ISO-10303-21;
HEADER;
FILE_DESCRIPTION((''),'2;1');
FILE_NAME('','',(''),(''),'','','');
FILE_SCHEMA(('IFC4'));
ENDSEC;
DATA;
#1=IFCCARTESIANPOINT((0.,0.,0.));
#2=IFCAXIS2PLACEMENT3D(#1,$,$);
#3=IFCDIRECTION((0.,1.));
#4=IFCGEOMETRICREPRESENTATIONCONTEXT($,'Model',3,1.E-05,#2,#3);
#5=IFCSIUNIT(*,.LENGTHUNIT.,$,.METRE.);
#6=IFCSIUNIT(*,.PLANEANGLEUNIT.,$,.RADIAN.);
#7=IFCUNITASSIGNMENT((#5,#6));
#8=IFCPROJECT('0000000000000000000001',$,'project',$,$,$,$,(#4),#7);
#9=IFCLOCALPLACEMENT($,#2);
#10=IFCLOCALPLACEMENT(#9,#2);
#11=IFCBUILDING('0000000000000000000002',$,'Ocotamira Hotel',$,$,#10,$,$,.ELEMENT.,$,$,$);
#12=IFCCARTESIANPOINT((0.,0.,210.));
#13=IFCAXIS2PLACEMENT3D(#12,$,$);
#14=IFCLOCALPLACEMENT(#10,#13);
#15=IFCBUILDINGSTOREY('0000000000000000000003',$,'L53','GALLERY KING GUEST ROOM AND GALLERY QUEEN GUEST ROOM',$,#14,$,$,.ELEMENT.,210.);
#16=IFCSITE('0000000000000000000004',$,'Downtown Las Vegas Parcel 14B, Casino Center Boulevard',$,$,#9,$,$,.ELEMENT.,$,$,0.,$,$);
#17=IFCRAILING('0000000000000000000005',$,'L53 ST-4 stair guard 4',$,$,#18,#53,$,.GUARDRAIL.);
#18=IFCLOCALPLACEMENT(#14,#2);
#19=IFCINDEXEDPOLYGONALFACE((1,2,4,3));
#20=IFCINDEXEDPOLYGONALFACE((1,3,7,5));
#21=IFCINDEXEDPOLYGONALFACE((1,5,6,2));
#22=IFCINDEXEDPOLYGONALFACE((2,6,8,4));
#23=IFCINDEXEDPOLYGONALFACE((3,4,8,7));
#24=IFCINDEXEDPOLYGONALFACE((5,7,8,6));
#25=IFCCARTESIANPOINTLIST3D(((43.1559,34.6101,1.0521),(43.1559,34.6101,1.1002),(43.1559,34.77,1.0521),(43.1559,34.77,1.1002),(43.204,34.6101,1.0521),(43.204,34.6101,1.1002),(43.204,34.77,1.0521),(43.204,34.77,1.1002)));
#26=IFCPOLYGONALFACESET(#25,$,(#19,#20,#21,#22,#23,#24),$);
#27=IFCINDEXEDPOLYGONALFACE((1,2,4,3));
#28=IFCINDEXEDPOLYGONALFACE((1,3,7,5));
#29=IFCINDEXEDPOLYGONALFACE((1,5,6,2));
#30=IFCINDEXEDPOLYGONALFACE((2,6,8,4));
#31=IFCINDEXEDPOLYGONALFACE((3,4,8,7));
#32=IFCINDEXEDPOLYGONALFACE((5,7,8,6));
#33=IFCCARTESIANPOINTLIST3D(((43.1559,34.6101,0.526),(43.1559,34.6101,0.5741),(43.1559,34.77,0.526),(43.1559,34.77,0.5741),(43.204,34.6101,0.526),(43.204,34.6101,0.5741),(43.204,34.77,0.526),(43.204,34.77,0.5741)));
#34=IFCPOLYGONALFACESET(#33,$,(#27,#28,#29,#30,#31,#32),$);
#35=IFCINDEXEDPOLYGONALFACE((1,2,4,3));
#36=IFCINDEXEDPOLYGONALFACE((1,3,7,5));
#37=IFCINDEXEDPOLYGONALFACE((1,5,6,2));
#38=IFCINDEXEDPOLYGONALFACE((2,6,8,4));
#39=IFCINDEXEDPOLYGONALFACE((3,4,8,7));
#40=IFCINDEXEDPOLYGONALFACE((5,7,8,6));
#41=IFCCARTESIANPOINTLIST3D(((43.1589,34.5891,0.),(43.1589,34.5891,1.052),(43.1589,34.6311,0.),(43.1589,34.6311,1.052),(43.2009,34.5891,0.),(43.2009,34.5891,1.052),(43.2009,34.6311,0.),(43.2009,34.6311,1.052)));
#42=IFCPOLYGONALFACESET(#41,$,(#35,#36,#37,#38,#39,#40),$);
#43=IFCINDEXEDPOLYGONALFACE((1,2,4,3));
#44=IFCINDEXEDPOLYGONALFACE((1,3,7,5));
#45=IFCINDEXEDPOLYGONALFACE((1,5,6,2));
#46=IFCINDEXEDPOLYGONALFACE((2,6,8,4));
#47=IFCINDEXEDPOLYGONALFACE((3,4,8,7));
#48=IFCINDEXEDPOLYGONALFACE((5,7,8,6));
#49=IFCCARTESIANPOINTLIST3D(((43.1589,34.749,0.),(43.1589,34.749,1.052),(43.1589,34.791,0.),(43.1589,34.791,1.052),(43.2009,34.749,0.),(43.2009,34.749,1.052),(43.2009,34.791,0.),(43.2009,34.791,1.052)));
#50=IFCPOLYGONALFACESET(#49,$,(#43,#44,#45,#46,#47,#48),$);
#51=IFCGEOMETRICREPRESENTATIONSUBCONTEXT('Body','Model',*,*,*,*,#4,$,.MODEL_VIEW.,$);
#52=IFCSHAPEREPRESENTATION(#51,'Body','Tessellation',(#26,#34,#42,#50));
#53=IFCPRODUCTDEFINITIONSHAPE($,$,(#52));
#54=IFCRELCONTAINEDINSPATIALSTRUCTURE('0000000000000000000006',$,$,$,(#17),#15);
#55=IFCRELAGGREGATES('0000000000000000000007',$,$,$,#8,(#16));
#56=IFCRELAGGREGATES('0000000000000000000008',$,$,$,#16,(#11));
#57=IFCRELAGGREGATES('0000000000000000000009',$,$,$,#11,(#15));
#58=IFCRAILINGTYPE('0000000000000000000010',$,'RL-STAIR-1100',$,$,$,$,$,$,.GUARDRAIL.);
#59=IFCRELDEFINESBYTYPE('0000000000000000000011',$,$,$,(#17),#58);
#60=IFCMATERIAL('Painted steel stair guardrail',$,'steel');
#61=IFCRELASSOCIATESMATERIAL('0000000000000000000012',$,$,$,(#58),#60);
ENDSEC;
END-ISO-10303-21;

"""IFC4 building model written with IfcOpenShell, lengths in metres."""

from ifc_helpers import new_model, si_unit, direction, frame, origin, origin_2d, place, context, subcontext, project, spatial, rectangle, extrude, material, type_object, element, save


model = new_model("IFC4")

# Units and contexts
model_context = context("Model", 3, precision=1e-05, world=origin(), true_north=direction((0.0, 1.0)))
body_context = subcontext(model_context, "Body", "Model", "MODEL_VIEW")
ifc_project = project(units=[si_unit("LENGTHUNIT", "METRE"), si_unit("PLANEANGLEUNIT", "RADIAN")], contexts=[model_context])

# Site, building, storey
site_placement = place(None, origin())
site = spatial("IfcSite", under=ifc_project, at=site_placement, Name="Downtown Las Vegas Parcel 14B, Casino Center Boulevard", CompositionType="ELEMENT", RefElevation=0.0)
building_placement = place(site_placement, origin())
building = spatial("IfcBuilding", under=site, at=building_placement, Name="Ocotamira Hotel", CompositionType="ELEMENT")
storey_placement = place(building_placement, frame((0.0, 0.0, 210.0)))
storey = spatial("IfcBuildingStorey", under=building, at=storey_placement, Name="L53", Description="GALLERY KING GUEST ROOM AND GALLERY QUEEN GUEST ROOM", CompositionType="ELEMENT", Elevation=210.0)

# Railing
ifc_material_1 = material(Name="Painted steel stair guardrail", Category="steel")
railing_type_1 = type_object("IfcRailingType", Name="RL-STAIR-1100", PredefinedType="GUARDRAIL", material=ifc_material_1)
railing_1_placement = place(storey_placement, frame((43.1799, 34.6101, 0.0)))
element("IfcRailing", 1, at=railing_1_placement, inside=storey, type_object=railing_type_1, Name="L53 ST-4 stair guard 4", PredefinedType="GUARDRAIL", context=body_context, shape_type="SweptSolid", body=[
    extrude(rectangle(XDim=0.0481, YDim=0.0481, at=origin_2d()), frame((0.0, 0.0, 1.0762), z_axis=(0.0, 1.0, 0.0), x_axis=(-1.0, 0.0, 0.0)), (0.0, 0.0, 1.0), 0.1599),
    extrude(rectangle(XDim=0.0481, YDim=0.0481, at=origin_2d()), frame((0.0, 0.0, 0.55), z_axis=(0.0, 1.0, 0.0), x_axis=(-1.0, 0.0, 0.0)), (0.0, 0.0, 1.0), 0.1599),
    extrude(rectangle(XDim=0.042, YDim=0.042, at=origin_2d()), origin(), (0.0, 0.0, 1.0), 1.052),
    extrude(rectangle(XDim=0.042, YDim=0.042, at=origin_2d()), frame((0.0, 0.1599, 0.0)), (0.0, 0.0, 1.0), 1.052),
])

save(model, "model.ifc")
